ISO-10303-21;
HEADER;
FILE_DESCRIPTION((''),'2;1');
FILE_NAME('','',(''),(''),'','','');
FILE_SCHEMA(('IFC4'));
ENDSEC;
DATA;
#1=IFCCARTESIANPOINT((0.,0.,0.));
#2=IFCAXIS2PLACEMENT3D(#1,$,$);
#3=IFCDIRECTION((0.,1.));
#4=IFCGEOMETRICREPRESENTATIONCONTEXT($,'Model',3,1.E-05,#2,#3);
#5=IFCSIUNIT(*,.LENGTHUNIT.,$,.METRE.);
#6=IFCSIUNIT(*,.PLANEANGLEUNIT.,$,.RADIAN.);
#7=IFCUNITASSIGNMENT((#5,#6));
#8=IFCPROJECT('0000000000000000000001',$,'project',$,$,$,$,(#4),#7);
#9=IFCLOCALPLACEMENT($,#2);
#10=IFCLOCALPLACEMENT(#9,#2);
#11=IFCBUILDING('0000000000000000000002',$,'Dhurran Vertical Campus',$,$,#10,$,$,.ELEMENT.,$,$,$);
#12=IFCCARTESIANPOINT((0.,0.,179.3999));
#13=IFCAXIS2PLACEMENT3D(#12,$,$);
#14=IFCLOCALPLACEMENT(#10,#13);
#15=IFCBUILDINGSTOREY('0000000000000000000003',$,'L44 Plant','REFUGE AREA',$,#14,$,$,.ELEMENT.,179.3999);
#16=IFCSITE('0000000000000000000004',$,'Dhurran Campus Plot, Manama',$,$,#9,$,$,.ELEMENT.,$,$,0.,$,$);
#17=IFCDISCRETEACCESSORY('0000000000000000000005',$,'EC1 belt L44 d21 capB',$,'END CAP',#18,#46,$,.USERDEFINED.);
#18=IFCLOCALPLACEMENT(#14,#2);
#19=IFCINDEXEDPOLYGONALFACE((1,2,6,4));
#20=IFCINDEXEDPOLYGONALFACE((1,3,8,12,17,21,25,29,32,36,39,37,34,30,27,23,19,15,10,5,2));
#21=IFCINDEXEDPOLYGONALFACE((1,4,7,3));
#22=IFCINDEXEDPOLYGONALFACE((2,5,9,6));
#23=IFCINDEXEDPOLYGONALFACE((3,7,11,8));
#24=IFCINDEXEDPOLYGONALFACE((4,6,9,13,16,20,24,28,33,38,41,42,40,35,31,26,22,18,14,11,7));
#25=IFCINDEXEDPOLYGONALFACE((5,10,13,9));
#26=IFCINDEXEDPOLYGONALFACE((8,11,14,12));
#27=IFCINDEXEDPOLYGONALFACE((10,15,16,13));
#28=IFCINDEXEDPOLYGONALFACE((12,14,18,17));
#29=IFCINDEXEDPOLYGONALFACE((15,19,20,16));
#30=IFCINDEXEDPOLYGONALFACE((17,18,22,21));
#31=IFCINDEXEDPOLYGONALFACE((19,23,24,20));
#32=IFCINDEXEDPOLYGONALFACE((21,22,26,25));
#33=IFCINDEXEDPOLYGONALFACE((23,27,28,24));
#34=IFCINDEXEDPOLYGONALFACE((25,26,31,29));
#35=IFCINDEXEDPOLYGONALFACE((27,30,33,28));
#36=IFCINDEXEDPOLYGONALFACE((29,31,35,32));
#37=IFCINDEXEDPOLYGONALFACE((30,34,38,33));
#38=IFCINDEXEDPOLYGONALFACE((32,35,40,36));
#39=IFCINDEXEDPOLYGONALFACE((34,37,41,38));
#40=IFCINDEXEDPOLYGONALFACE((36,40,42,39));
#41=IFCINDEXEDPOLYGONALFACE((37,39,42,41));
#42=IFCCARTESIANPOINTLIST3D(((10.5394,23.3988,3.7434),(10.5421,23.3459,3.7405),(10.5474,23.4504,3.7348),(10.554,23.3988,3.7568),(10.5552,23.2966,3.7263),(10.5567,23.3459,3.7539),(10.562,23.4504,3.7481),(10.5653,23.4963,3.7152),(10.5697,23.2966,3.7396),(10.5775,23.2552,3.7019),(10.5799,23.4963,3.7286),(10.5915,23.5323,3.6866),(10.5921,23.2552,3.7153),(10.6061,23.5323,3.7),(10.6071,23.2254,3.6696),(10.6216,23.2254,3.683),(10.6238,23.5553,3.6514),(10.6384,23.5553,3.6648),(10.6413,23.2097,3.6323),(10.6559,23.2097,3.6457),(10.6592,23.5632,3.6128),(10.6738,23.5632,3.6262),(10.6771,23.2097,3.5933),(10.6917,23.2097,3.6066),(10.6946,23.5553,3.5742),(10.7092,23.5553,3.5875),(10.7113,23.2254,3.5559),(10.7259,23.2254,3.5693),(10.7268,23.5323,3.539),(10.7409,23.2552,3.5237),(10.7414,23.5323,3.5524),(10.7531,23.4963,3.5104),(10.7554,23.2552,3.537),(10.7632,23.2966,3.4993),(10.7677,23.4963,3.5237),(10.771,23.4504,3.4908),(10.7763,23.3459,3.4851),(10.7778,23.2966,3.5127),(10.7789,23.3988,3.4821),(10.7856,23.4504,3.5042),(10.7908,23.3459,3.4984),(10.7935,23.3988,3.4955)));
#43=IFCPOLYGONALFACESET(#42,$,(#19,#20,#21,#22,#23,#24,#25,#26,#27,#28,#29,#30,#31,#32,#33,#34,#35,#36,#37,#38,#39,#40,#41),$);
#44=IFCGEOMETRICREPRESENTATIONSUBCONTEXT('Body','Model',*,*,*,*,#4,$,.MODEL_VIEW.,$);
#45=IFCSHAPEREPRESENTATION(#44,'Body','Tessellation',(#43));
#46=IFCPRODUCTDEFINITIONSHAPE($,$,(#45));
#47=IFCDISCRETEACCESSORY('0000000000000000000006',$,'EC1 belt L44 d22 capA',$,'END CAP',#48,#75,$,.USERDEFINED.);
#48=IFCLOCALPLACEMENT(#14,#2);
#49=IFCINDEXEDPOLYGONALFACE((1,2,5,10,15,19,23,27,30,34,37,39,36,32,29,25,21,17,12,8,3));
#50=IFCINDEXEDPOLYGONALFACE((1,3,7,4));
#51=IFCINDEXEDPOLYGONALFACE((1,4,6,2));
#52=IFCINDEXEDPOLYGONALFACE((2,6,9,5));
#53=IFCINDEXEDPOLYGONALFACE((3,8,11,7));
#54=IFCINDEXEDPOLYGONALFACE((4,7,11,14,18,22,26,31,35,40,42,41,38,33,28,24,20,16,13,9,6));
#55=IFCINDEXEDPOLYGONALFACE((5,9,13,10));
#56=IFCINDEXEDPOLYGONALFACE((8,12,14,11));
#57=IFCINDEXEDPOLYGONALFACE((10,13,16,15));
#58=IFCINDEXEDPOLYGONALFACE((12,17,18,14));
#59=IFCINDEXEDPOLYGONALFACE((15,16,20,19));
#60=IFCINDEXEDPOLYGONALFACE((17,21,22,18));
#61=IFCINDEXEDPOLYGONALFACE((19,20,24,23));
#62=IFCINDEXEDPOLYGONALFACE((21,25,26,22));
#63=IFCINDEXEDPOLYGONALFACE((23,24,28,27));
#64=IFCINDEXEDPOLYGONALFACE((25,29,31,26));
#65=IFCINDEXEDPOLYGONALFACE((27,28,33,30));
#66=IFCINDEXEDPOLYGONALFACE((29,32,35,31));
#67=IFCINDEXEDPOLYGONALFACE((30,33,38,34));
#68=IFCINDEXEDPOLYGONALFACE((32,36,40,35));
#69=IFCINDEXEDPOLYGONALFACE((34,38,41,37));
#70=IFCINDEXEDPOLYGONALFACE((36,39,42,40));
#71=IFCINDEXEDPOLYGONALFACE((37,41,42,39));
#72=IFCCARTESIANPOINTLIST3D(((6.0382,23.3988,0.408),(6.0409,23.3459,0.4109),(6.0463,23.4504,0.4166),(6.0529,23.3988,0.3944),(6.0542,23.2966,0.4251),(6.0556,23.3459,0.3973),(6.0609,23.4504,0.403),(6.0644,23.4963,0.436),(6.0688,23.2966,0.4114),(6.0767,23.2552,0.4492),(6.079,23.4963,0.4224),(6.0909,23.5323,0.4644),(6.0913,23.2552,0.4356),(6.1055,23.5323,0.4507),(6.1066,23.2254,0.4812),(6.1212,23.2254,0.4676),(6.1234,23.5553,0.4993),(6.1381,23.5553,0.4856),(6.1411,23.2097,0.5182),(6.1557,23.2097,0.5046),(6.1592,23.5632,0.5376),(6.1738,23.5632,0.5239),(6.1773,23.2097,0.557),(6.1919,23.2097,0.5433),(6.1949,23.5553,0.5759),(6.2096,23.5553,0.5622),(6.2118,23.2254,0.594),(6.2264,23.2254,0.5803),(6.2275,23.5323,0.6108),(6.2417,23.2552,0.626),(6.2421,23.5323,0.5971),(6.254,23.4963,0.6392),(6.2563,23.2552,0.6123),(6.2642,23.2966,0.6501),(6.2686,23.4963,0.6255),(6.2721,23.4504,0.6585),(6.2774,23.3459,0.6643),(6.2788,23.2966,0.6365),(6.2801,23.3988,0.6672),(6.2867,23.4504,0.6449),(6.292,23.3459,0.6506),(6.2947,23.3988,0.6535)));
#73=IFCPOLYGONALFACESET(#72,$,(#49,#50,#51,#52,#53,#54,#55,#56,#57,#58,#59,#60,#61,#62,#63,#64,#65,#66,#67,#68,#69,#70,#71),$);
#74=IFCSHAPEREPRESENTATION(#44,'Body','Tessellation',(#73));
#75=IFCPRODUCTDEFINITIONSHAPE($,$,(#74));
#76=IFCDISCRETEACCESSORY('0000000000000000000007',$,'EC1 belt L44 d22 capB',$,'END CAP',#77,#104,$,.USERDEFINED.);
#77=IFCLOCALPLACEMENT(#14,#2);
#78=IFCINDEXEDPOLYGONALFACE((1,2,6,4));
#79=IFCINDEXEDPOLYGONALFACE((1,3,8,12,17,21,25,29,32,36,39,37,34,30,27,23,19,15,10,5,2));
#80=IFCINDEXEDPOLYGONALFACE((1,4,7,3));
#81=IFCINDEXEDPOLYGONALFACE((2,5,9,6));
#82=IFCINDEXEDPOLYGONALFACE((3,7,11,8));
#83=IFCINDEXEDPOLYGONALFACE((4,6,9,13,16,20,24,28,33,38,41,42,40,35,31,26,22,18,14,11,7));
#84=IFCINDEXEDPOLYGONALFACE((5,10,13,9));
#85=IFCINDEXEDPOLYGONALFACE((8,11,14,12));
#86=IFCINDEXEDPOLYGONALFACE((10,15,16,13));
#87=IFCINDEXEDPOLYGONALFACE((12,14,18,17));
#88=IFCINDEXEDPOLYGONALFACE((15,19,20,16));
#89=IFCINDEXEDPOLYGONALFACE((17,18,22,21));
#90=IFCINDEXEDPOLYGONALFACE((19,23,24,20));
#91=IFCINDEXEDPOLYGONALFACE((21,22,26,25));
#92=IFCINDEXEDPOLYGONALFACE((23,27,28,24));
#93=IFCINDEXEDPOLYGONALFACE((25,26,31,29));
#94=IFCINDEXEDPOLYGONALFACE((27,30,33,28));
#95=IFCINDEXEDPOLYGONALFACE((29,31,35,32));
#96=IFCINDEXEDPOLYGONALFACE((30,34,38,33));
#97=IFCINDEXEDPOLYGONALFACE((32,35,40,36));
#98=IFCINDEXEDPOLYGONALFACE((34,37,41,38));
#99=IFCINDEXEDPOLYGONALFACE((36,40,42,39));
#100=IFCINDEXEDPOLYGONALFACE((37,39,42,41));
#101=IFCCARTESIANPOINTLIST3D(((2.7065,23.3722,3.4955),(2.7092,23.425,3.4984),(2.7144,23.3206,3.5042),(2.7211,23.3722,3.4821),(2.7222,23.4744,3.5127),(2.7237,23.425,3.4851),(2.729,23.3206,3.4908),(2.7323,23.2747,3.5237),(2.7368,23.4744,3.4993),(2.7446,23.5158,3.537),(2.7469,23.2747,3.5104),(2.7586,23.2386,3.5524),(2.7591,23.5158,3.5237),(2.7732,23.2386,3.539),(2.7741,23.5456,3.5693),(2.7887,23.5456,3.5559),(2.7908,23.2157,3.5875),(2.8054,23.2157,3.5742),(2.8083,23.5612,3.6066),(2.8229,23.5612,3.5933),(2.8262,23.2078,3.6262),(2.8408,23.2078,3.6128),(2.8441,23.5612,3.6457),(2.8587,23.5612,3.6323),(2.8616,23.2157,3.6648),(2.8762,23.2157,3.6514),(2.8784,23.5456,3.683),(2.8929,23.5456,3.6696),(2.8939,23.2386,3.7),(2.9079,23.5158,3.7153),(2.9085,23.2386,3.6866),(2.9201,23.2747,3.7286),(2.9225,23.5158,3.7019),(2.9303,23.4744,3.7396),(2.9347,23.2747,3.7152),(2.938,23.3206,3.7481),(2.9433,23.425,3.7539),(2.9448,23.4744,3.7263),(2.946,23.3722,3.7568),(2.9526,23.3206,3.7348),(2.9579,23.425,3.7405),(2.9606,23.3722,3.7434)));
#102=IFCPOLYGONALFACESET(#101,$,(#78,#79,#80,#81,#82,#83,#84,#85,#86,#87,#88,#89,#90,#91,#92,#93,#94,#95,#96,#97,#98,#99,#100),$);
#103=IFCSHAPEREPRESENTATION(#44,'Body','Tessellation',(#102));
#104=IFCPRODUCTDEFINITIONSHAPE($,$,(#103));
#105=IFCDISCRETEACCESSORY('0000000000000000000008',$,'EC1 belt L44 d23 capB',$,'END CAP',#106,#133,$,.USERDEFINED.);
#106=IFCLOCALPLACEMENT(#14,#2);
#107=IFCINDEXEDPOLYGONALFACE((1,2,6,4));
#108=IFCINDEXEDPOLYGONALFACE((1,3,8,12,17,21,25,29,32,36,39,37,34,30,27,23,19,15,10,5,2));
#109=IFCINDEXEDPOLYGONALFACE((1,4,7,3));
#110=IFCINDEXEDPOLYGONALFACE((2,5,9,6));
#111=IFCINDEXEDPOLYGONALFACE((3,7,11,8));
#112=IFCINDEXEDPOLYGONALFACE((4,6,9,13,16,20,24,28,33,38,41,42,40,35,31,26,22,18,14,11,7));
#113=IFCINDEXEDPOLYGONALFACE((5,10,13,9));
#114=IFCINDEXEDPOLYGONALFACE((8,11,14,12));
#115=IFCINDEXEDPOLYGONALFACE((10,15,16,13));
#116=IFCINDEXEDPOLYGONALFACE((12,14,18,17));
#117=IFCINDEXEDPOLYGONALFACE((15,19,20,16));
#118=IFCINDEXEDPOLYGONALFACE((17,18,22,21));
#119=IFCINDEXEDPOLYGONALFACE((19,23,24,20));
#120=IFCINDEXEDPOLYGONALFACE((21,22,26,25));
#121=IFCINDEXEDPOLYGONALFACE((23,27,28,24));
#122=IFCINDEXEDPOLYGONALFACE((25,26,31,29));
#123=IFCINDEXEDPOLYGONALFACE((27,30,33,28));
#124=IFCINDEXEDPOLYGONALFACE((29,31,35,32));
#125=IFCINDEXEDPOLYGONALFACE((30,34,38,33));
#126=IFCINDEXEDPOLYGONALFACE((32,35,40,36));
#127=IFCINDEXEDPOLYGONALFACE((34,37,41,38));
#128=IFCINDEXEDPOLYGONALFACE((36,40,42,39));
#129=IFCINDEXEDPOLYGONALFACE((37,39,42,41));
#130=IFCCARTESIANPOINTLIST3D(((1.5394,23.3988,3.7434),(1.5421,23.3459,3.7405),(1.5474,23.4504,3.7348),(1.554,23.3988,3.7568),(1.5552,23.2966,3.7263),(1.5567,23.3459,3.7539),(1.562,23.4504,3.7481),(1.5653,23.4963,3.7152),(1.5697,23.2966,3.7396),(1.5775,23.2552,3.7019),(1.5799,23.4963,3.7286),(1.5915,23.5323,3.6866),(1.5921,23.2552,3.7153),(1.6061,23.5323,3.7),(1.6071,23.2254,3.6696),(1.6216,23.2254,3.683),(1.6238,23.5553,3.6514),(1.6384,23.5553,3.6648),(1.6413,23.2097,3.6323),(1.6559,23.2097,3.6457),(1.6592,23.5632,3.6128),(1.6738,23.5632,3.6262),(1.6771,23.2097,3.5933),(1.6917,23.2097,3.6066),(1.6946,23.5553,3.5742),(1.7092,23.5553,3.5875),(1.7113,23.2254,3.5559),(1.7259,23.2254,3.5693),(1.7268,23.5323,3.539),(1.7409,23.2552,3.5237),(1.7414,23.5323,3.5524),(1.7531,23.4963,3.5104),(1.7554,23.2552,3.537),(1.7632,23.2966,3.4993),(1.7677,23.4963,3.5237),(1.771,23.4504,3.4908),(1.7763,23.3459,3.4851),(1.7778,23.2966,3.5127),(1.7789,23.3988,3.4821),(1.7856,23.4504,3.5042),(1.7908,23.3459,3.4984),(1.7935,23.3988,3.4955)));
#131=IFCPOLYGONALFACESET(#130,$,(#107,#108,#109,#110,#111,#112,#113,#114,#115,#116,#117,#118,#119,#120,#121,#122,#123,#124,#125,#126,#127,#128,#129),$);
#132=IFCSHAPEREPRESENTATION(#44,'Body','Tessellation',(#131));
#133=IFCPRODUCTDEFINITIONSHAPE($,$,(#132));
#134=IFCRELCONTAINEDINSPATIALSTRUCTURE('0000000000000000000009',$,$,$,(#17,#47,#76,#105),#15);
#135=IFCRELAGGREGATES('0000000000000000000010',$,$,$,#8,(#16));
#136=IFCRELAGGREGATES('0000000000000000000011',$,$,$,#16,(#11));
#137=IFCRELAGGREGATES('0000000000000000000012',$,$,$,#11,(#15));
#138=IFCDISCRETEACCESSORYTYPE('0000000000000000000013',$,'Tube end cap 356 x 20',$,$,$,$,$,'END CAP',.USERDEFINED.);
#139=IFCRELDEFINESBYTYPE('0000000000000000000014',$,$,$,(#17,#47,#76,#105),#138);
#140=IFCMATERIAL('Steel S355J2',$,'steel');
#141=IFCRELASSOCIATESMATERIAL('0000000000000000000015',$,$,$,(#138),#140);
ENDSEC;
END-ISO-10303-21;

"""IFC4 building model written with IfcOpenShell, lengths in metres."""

from ifc_helpers import new_model, si_unit, direction, frame, origin, origin_2d, place, context, subcontext, project, spatial, circle, extrude, material, material_profile, profile_set, type_object, element, save


model = new_model("IFC4")

# Units and contexts
model_context = context("Model", 3, precision=1e-05, world=origin(), true_north=direction((0.0, 1.0)))
body_context = subcontext(model_context, "Body", "Model", "MODEL_VIEW")
ifc_project = project(units=[si_unit("LENGTHUNIT", "METRE"), si_unit("PLANEANGLEUNIT", "RADIAN")], contexts=[model_context])

# Site, building, storey
site_placement = place(None, origin())
site = spatial("IfcSite", under=ifc_project, at=site_placement, Name="Dhurran Campus Plot, Manama", CompositionType="ELEMENT", RefElevation=0.0)
building_placement = place(site_placement, origin())
building = spatial("IfcBuilding", under=site, at=building_placement, Name="Dhurran Vertical Campus", CompositionType="ELEMENT")
storey_placement = place(building_placement, frame((0.0, 0.0, 179.3999)))
storey = spatial("IfcBuildingStorey", under=building, at=storey_placement, Name="L44 Plant", Description="REFUGE AREA", CompositionType="ELEMENT", Elevation=179.3999)

# Discrete accessories
ifc_material_1 = material(Name="Steel S355J2", Category="steel")
ifc_material_profile_1 = material_profile(ifc_material_1, circle(Radius=0.1777, at=origin_2d()), Name="Tube end cap 356 x 20")
ifc_profile_set_1 = profile_set([ifc_material_profile_1], Name="Steel S355J2")
discrete_accessory_type = type_object("IfcDiscreteAccessoryType", Name="Tube end cap 356 x 20", ElementType="END CAP", PredefinedType="USERDEFINED", material=ifc_profile_set_1)
discrete_accessory_1_placement = place(storey_placement, frame((10.6592, 23.3855, 3.6128), z_axis=(0.737154, 0.0, 0.675725), x_axis=(0.0, 1.0, 0.0)))
element("IfcDiscreteAccessory", 1, at=discrete_accessory_1_placement, inside=storey, type_object=discrete_accessory_type, Name="EC1 belt L44 d21 capB", ObjectType="END CAP", PredefinedType="USERDEFINED", context=body_context, shape_type="SweptSolid", body=[
    extrude(circle(Radius=0.1777, at=origin_2d()), origin(), (0.0, 0.0, 1.0), 0.0198),
])
discrete_accessory_2_placement = place(storey_placement, frame((6.1592, 23.3855, 0.5376), z_axis=(0.731055, 0.0, -0.682318), x_axis=(0.0, 1.0, 0.0)))
element("IfcDiscreteAccessory", 2, at=discrete_accessory_2_placement, inside=storey, type_object=discrete_accessory_type, Name="EC1 belt L44 d22 capA", ObjectType="END CAP", PredefinedType="USERDEFINED", context=body_context, shape_type="SweptSolid", body=[
    extrude(circle(Radius=0.1777, at=origin_2d()), origin(), (0.0, 0.0, 1.0), 0.02),
])
for number, where, z_axis, x_axis, name in (
    (3, (2.8408, 23.3855, 3.6128), (-0.737154, 0.0, 0.675725), (0.0, -1.0, 0.0), "EC1 belt L44 d22 capB"),
    (4, (1.6592, 23.3855, 3.6128), (0.737154, 0.0, 0.675725), (0.0, 1.0, 0.0), "EC1 belt L44 d23 capB"),
):
    element("IfcDiscreteAccessory", number, at=place(storey_placement, frame(where, z_axis=z_axis, x_axis=x_axis)), inside=storey, type_object=discrete_accessory_type, Name=name, ObjectType="END CAP", PredefinedType="USERDEFINED", context=body_context, shape_type="SweptSolid", body=[
        extrude(circle(Radius=0.1777, at=origin_2d()), origin(), (0.0, 0.0, 1.0), 0.0198),
    ])

save(model, "model.ifc")
